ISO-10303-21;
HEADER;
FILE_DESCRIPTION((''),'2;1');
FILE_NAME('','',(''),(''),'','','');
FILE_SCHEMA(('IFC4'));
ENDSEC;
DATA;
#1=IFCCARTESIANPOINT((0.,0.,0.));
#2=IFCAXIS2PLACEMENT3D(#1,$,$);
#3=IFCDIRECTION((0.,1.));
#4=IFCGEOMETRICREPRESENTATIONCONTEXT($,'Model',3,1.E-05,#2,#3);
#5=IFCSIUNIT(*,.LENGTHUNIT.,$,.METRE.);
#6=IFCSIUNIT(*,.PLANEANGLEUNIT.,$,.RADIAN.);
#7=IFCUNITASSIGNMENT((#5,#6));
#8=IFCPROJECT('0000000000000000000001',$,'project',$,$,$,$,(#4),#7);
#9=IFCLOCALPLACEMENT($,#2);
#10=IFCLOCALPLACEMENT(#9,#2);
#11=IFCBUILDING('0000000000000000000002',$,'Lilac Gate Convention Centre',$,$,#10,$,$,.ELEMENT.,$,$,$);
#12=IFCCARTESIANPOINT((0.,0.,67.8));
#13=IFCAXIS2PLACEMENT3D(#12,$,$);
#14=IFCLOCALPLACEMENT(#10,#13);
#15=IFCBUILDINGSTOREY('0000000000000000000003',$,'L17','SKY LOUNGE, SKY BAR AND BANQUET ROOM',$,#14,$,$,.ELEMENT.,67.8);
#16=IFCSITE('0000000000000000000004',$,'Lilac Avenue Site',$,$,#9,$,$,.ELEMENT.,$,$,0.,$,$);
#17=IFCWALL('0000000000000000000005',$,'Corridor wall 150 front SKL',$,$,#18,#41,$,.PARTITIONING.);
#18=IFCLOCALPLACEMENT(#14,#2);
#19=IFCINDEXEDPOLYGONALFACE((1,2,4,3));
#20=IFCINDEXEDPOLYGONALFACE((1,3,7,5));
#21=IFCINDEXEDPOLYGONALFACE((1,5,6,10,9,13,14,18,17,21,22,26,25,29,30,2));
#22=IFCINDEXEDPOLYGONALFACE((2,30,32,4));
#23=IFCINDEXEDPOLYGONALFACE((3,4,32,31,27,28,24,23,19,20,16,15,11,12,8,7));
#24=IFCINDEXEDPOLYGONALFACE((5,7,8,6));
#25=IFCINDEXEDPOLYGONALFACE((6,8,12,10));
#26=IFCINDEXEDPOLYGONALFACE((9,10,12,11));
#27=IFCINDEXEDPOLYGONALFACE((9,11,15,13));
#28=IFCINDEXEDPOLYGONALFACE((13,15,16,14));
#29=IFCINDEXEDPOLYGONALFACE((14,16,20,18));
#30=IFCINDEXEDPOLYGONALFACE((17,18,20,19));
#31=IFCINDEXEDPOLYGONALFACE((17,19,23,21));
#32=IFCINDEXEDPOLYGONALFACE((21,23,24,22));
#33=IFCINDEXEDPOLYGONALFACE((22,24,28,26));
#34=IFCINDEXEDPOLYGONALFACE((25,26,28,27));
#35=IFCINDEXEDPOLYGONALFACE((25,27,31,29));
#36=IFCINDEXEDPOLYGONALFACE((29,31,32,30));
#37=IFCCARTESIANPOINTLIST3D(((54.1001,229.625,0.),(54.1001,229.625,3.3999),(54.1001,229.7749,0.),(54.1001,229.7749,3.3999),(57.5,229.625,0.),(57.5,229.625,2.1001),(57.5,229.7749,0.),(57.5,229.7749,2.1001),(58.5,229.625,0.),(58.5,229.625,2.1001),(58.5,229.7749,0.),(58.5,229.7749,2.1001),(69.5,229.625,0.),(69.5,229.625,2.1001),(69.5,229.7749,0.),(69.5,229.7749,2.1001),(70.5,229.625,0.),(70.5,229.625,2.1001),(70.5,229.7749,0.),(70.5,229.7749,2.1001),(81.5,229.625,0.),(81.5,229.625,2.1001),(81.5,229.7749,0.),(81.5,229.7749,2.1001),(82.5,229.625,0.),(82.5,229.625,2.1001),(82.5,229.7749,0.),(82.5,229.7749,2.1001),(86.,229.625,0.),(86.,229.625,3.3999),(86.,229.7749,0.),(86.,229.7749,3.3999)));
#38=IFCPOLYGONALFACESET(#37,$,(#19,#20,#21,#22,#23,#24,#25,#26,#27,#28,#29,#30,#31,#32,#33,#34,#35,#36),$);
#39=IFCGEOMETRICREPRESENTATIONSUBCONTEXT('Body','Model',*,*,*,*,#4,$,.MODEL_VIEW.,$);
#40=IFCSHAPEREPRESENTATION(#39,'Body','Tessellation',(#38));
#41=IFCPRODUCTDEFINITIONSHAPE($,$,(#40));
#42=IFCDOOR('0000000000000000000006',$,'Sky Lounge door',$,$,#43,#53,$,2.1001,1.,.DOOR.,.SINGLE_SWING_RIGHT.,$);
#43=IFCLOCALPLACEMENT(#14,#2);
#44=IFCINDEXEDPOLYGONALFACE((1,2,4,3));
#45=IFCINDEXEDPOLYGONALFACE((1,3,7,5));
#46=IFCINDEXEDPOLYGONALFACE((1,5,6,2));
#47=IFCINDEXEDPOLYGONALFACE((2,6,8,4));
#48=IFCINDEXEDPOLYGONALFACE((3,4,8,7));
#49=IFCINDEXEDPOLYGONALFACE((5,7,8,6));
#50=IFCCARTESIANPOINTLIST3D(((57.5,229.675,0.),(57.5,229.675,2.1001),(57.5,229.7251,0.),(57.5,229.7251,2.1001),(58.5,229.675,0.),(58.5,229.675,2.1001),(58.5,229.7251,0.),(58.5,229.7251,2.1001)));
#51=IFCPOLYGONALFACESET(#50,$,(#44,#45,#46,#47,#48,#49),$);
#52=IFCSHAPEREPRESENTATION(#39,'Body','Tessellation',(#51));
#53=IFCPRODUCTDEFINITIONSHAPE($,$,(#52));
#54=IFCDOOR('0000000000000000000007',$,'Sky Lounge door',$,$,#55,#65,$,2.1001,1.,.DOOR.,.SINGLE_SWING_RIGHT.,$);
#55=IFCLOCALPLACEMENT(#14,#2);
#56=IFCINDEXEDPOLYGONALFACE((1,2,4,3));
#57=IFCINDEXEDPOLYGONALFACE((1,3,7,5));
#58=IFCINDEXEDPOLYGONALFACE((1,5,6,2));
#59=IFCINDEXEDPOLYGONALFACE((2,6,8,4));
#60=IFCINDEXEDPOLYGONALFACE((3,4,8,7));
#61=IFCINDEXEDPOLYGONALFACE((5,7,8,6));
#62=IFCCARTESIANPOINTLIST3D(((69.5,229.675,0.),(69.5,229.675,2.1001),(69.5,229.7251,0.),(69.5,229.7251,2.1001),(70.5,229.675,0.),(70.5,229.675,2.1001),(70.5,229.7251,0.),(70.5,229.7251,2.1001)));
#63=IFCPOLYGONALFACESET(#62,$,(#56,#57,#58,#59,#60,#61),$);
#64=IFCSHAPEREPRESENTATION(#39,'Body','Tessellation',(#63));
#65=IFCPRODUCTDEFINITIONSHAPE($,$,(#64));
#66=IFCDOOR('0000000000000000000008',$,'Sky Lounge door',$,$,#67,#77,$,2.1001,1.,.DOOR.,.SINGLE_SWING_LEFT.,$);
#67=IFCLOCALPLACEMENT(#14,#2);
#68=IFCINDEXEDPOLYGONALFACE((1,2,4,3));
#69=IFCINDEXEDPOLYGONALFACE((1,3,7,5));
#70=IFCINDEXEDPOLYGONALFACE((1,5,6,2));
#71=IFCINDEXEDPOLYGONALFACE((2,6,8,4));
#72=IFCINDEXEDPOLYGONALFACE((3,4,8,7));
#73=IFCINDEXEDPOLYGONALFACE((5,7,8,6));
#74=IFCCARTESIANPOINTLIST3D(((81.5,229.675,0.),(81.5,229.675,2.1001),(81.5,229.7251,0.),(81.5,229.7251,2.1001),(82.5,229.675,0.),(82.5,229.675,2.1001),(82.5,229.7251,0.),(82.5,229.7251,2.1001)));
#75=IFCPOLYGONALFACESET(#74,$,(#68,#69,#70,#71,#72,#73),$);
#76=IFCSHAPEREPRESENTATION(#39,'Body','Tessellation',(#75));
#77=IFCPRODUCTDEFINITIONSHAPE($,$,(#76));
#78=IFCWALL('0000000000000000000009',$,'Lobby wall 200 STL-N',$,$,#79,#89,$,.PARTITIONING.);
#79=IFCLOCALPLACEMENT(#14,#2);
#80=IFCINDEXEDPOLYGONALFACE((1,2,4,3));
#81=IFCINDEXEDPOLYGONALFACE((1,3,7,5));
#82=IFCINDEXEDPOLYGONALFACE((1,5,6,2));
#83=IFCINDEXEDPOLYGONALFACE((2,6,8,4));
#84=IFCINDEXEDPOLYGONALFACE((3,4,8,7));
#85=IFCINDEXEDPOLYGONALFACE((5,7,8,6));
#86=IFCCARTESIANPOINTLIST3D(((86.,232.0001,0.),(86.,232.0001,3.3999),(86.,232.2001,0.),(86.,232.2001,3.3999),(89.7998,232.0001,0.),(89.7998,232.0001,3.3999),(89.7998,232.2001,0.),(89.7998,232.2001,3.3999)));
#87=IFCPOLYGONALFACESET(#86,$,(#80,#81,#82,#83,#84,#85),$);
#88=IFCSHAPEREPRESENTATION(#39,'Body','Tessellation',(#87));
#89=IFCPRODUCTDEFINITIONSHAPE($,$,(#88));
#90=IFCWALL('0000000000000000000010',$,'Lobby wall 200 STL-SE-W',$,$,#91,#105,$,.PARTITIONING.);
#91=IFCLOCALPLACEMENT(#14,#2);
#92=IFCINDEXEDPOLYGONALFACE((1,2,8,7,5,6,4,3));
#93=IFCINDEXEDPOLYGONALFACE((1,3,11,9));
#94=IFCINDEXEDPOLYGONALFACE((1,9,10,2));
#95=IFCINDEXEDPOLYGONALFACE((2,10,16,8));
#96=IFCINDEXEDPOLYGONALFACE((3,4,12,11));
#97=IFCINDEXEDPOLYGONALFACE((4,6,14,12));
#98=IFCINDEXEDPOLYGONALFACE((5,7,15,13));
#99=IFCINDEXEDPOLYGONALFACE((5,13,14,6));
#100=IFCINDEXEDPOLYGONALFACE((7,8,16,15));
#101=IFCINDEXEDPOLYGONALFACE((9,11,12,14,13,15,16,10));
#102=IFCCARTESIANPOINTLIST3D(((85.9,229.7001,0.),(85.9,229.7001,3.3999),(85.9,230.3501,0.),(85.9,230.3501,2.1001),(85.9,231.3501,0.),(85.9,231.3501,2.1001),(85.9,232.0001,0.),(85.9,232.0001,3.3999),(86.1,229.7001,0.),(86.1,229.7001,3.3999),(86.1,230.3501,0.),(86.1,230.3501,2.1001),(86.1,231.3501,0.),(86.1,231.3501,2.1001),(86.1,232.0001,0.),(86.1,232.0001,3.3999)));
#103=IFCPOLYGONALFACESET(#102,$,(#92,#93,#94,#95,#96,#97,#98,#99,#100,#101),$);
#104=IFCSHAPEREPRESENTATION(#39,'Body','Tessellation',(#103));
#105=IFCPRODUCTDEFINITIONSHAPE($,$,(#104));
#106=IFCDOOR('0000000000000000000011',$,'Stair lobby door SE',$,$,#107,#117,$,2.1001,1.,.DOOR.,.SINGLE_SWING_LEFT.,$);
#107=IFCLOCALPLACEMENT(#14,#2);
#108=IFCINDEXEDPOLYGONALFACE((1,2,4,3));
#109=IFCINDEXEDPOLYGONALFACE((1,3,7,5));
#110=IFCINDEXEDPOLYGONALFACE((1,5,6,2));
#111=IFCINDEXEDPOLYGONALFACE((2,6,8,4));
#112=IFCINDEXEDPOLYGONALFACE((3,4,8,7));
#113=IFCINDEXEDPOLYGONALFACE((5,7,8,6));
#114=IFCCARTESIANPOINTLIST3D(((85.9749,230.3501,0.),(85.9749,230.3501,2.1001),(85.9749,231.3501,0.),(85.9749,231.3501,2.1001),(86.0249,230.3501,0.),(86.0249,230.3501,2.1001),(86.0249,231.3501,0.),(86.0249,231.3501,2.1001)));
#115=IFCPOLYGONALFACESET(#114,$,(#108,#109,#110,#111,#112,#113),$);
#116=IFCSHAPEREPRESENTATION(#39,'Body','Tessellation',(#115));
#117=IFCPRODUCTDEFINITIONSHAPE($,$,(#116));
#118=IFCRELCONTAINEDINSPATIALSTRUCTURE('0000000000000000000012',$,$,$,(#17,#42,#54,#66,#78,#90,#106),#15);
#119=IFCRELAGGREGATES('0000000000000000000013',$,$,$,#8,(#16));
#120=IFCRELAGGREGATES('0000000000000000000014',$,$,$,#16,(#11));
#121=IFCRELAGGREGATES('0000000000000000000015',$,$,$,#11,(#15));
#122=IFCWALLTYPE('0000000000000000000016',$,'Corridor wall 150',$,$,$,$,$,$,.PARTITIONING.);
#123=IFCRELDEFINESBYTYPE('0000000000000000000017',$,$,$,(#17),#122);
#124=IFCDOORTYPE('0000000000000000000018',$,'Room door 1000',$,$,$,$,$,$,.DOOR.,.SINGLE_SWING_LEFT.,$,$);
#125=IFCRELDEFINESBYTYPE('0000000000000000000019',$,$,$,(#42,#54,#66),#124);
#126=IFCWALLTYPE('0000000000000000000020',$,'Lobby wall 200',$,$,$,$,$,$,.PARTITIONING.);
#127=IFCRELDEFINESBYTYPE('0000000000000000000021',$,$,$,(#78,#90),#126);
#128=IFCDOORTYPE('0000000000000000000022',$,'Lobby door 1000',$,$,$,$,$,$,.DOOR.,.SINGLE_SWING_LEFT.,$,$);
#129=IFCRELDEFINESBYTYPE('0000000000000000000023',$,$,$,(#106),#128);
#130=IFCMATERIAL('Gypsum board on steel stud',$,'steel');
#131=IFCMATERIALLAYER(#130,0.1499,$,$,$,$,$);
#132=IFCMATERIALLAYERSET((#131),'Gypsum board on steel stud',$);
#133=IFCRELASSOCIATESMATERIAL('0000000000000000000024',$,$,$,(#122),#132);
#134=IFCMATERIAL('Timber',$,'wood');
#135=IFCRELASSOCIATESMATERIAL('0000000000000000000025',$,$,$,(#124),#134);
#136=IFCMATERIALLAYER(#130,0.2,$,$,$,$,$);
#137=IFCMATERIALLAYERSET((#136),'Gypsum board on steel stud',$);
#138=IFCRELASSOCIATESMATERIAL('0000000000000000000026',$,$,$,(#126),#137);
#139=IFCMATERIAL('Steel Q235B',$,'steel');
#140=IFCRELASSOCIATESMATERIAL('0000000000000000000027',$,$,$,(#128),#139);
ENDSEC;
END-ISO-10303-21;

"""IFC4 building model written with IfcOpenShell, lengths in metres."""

from ifc_helpers import new_model, si_unit, direction, frame, frame_2d, origin, place, context, subcontext, project, spatial, rectangle, extrude, material, layer, layer_set, type_object, element, fill, save


model = new_model("IFC4")

# Units and contexts
model_context = context("Model", 3, precision=1e-05, world=origin(), true_north=direction((0.0, 1.0)))
body_context = subcontext(model_context, "Body", "Model", "MODEL_VIEW")
ifc_project = project(units=[si_unit("LENGTHUNIT", "METRE"), si_unit("PLANEANGLEUNIT", "RADIAN")], contexts=[model_context])

# Site, building, storey
site_placement = place(None, origin())
site = spatial("IfcSite", under=ifc_project, at=site_placement, Name="Lilac Avenue Site", CompositionType="ELEMENT", RefElevation=0.0)
building_placement = place(site_placement, origin())
building = spatial("IfcBuilding", under=site, at=building_placement, Name="Lilac Gate Convention Centre", CompositionType="ELEMENT")
storey_placement = place(building_placement, frame((0.0, 0.0, 67.8)))
storey = spatial("IfcBuildingStorey", under=building, at=storey_placement, Name="L17", Description="SKY LOUNGE, SKY BAR AND BANQUET ROOM", CompositionType="ELEMENT", Elevation=67.8)

# Shared definitions
ifc_material_1 = material(Name="Steel Q235B", Category="steel")

# Wall, openings, doors
ifc_material_2 = material(Name="Gypsum board on steel stud", Category="steel")
ifc_layer_1 = layer(ifc_material_2, 0.1499)
ifc_layer_set_1 = layer_set([ifc_layer_1], Name="Gypsum board on steel stud")
wall_type_1 = type_object("IfcWallType", Name="Corridor wall 150", PredefinedType="PARTITIONING", material=ifc_layer_set_1)
wall_1_placement = place(storey_placement, frame((86.0, 229.7, 0.0), z_axis=(0.0, 0.0, 1.0), x_axis=(-1.0, 0.0, 0.0)))
wall_1 = element("IfcWall", 1, at=wall_1_placement, inside=storey, type_object=wall_type_1, Name="Corridor wall 150 front SKL", PredefinedType="PARTITIONING", context=body_context, shape_type="SweptSolid", body=[
    extrude(rectangle(XDim=31.8999, YDim=0.1499, at=frame_2d((15.95, 0.0))), origin(), (0.0, 0.0, 1.0), 3.3999),
])
opening_1_placement = place(wall_1_placement, frame((27.5, 0.0, 0.0)))
opening_1 = element("IfcOpeningElement", 2, at=opening_1_placement, cuts=wall_1, PredefinedType="OPENING", context=body_context, shape_type="SweptSolid", body=[
    extrude(rectangle(XDim=1.0, YDim=2.1001, at=frame_2d((0.5, 1.05))), frame((0.0, 0.085, 0.0), z_axis=(0.0, -1.0, 0.0), x_axis=(1.0, 0.0, 0.0)), (0.0, 0.0, 1.0), 0.1699),
])
opening_2_placement = place(wall_1_placement, frame((15.5, 0.0, 0.0)))
opening_2 = element("IfcOpeningElement", 3, at=opening_2_placement, cuts=wall_1, PredefinedType="OPENING", context=body_context, shape_type="SweptSolid", body=[
    extrude(rectangle(XDim=1.0, YDim=2.1001, at=frame_2d((0.5, 1.05))), frame((0.0, 0.085, 0.0), z_axis=(0.0, -1.0, 0.0), x_axis=(1.0, 0.0, 0.0)), (0.0, 0.0, 1.0), 0.1699),
])
opening_3_placement = place(wall_1_placement, frame((3.5, 0.0, 0.0)))
opening_3 = element("IfcOpeningElement", 4, at=opening_3_placement, cuts=wall_1, PredefinedType="OPENING", context=body_context, shape_type="SweptSolid", body=[
    extrude(rectangle(XDim=1.0, YDim=2.1001, at=frame_2d((0.5, 1.05))), frame((0.0, 0.085, 0.0), z_axis=(0.0, -1.0, 0.0), x_axis=(1.0, 0.0, 0.0)), (0.0, 0.0, 1.0), 0.1699),
])
ifc_material_3 = material(Name="Timber", Category="wood")
door_type_1 = type_object("IfcDoorType", Name="Room door 1000", OperationType="SINGLE_SWING_LEFT", PredefinedType="DOOR", material=ifc_material_3)
door_1_placement = place(opening_1_placement, origin())
door_1 = element("IfcDoor", 5, at=door_1_placement, inside=storey, type_object=door_type_1, Name="Sky Lounge door", OperationType="SINGLE_SWING_RIGHT", OverallHeight=2.1001, OverallWidth=1.0, PredefinedType="DOOR", context=body_context, shape_type="SweptSolid", body=[
    extrude(rectangle(XDim=1.0, YDim=2.1001, at=frame_2d((0.5, 1.05))), frame((0.0, 0.0249, 0.0), z_axis=(0.0, -1.0, 0.0), x_axis=(1.0, 0.0, 0.0)), (0.0, 0.0, 1.0), 0.05),
])
fill(opening_1, door_1)
door_2_placement = place(opening_2_placement, origin())
door_2 = element("IfcDoor", 6, at=door_2_placement, inside=storey, type_object=door_type_1, Name="Sky Lounge door", OperationType="SINGLE_SWING_RIGHT", OverallHeight=2.1001, OverallWidth=1.0, PredefinedType="DOOR", context=body_context, shape_type="SweptSolid", body=[
    extrude(rectangle(XDim=1.0, YDim=2.1001, at=frame_2d((0.5, 1.05))), frame((0.0, 0.0249, 0.0), z_axis=(0.0, -1.0, 0.0), x_axis=(1.0, 0.0, 0.0)), (0.0, 0.0, 1.0), 0.05),
])
fill(opening_2, door_2)
door_3_placement = place(opening_3_placement, origin())
door_3 = element("IfcDoor", 7, at=door_3_placement, inside=storey, type_object=door_type_1, Name="Sky Lounge door", OperationType="SINGLE_SWING_LEFT", OverallHeight=2.1001, OverallWidth=1.0, PredefinedType="DOOR", context=body_context, shape_type="SweptSolid", body=[
    extrude(rectangle(XDim=1.0, YDim=2.1001, at=frame_2d((0.5, 1.05))), frame((0.0, 0.0249, 0.0), z_axis=(0.0, -1.0, 0.0), x_axis=(1.0, 0.0, 0.0)), (0.0, 0.0, 1.0), 0.05),
])
fill(opening_3, door_3)

# Wall
ifc_layer_2 = layer(ifc_material_2, 0.2)
ifc_layer_set_2 = layer_set([ifc_layer_2], Name="Gypsum board on steel stud")
wall_type_2 = type_object("IfcWallType", Name="Lobby wall 200", PredefinedType="PARTITIONING", material=ifc_layer_set_2)
wall_2_placement = place(storey_placement, frame((86.0, 232.1001, 0.0), z_axis=(0.0, 0.0, 1.0), x_axis=(1.0, 0.0, 0.0)))
element("IfcWall", 8, at=wall_2_placement, inside=storey, type_object=wall_type_2, Name="Lobby wall 200 STL-N", PredefinedType="PARTITIONING", context=body_context, shape_type="SweptSolid", body=[
    extrude(rectangle(XDim=3.7998, YDim=0.2, at=frame_2d((1.8999, 0.0))), origin(), (0.0, 0.0, 1.0), 3.3999),
])

# Wall, opening, door
wall_3_placement = place(storey_placement, frame((86.0, 232.0, 0.0), z_axis=(0.0, 0.0, 1.0), x_axis=(0.0, -1.0, 0.0)))
wall_3 = element("IfcWall", 9, at=wall_3_placement, inside=storey, type_object=wall_type_2, Name="Lobby wall 200 STL-SE-W", PredefinedType="PARTITIONING", context=body_context, shape_type="SweptSolid", body=[
    extrude(rectangle(XDim=2.3, YDim=0.2, at=frame_2d((1.1499, 0.0))), origin(), (0.0, 0.0, 1.0), 3.3999),
])
opening_4_placement = place(wall_3_placement, frame((0.6499, 0.0, 0.0)))
opening_4 = element("IfcOpeningElement", 10, at=opening_4_placement, cuts=wall_3, PredefinedType="OPENING", context=body_context, shape_type="SweptSolid", body=[
    extrude(rectangle(XDim=1.0, YDim=2.1001, at=frame_2d((0.5, 1.05))), frame((0.0, 0.1099, 0.0), z_axis=(0.0, -1.0, 0.0), x_axis=(1.0, 0.0, 0.0)), (0.0, 0.0, 1.0), 0.22),
])
door_type_2 = type_object("IfcDoorType", Name="Lobby door 1000", OperationType="SINGLE_SWING_LEFT", PredefinedType="DOOR", material=ifc_material_1)
door_4_placement = place(opening_4_placement, origin())
door_4 = element("IfcDoor", 11, at=door_4_placement, inside=storey, type_object=door_type_2, Name="Stair lobby door SE", OperationType="SINGLE_SWING_LEFT", OverallHeight=2.1001, OverallWidth=1.0, PredefinedType="DOOR", context=body_context, shape_type="SweptSolid", body=[
    extrude(rectangle(XDim=1.0, YDim=2.1001, at=frame_2d((0.5, 1.05))), frame((0.0, 0.0249, 0.0), z_axis=(0.0, -1.0, 0.0), x_axis=(1.0, 0.0, 0.0)), (0.0, 0.0, 1.0), 0.05),
])
fill(opening_4, door_4)

save(model, "model.ifc")
